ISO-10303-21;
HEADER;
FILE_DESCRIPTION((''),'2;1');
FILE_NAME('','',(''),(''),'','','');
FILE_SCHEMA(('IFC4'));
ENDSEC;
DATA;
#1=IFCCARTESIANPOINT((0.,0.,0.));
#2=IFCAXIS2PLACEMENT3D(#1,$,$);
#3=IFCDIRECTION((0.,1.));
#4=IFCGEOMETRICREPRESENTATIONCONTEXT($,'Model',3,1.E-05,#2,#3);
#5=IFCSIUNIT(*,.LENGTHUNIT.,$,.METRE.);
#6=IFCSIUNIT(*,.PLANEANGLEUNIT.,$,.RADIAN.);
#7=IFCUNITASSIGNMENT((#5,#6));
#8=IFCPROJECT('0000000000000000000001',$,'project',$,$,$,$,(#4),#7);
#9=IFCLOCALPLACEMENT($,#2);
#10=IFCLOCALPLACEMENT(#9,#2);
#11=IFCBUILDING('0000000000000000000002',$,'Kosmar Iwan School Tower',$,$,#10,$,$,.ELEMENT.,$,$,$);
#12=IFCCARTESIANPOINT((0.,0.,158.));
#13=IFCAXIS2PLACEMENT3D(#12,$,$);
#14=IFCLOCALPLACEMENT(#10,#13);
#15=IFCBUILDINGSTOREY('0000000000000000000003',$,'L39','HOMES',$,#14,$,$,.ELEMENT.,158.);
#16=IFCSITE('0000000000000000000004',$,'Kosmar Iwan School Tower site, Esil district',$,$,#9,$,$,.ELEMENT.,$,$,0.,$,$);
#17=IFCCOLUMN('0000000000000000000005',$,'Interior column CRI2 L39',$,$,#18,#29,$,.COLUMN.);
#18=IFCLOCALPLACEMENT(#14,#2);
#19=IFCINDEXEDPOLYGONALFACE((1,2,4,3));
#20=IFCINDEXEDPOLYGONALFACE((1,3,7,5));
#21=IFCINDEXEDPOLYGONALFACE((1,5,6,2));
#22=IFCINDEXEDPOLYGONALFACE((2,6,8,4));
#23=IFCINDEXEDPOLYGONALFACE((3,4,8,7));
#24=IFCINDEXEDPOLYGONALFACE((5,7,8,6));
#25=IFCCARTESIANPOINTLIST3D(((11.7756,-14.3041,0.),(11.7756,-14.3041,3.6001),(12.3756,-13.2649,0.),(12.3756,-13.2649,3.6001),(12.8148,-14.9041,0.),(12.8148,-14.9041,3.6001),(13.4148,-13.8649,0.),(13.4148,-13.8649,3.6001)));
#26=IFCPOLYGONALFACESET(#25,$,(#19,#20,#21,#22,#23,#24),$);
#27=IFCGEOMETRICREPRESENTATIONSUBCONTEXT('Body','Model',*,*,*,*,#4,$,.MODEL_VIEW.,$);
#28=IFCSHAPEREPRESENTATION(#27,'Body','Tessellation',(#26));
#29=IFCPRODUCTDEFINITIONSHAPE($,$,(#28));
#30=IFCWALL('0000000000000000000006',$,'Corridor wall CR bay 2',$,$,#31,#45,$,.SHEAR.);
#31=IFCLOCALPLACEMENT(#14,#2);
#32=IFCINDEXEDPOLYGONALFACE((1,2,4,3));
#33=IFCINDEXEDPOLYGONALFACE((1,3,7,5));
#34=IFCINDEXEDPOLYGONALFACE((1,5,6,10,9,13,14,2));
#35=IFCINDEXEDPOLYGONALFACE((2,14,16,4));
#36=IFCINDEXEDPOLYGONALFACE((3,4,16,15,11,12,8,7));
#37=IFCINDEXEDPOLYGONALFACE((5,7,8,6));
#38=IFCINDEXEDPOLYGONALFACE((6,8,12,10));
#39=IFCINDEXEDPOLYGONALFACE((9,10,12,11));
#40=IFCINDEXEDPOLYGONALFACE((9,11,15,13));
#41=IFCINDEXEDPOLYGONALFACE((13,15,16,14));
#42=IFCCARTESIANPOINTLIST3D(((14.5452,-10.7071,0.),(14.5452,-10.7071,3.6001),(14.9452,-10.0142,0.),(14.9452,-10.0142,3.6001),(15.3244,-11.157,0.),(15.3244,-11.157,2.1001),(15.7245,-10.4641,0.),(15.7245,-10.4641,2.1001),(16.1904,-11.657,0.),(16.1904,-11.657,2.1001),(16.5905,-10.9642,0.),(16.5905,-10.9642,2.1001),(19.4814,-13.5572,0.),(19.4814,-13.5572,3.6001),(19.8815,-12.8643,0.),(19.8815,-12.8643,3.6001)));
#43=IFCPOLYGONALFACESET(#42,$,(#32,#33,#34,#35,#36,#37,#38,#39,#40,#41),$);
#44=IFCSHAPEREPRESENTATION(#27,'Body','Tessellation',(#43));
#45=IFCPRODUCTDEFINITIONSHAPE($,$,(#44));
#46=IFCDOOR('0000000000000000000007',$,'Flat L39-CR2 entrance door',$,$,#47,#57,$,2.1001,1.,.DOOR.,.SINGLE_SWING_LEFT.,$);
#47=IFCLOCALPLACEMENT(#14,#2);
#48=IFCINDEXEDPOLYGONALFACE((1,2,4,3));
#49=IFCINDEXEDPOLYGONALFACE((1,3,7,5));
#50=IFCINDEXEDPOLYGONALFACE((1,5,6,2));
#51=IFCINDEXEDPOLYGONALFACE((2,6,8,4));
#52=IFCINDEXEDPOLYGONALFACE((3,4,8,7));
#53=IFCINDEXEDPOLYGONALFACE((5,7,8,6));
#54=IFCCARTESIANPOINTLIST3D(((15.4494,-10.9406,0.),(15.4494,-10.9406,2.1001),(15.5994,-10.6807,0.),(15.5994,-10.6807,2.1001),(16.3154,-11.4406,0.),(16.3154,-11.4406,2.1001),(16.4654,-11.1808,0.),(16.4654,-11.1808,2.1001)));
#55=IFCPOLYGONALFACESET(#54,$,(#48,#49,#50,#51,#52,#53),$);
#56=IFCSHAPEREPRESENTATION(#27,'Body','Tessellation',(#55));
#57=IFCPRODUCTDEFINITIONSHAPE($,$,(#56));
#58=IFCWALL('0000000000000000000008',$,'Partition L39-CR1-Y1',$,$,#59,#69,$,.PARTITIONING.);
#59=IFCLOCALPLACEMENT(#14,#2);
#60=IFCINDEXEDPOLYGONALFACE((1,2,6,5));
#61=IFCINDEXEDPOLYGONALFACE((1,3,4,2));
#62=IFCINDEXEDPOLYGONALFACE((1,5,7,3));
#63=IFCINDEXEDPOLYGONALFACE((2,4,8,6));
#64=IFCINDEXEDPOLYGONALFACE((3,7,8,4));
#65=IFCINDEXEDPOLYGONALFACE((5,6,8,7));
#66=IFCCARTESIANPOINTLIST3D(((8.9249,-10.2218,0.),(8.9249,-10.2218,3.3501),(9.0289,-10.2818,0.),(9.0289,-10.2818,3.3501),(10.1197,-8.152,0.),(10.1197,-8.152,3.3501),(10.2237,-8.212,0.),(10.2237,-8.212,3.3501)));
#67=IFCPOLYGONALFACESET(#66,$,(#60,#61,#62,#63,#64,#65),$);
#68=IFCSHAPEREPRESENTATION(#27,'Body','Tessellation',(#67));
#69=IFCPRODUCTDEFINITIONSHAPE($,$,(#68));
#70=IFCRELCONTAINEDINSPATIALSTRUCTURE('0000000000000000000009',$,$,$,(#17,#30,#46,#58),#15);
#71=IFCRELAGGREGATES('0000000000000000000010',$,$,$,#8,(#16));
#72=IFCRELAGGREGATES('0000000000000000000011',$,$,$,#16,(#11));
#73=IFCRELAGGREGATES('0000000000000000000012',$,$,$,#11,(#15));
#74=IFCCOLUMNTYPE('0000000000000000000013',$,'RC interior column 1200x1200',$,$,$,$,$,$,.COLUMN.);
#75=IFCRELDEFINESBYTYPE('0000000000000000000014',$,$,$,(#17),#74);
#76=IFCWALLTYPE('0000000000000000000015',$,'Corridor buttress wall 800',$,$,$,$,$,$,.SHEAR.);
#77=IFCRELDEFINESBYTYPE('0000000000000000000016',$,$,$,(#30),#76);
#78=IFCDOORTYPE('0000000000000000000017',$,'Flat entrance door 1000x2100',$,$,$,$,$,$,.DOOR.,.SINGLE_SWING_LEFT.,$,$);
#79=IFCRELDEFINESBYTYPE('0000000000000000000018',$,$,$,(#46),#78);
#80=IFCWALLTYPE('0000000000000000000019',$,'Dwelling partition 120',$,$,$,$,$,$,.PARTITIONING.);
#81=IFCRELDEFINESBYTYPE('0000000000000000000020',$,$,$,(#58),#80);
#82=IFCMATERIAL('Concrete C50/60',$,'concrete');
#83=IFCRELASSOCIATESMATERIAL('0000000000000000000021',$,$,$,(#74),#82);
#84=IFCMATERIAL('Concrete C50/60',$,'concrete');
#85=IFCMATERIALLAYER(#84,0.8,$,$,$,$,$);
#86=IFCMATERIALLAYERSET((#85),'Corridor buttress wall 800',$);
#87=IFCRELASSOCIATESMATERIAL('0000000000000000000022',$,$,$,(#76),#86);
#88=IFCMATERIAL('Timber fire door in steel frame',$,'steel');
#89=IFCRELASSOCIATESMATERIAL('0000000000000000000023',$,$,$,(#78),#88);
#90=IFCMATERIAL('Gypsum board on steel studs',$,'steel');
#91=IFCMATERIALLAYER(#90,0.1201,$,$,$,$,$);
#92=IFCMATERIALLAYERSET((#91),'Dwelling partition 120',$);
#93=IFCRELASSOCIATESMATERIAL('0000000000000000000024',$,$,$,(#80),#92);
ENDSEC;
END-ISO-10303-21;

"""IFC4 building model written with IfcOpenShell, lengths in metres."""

from ifc_helpers import new_model, si_unit, direction, frame, frame_2d, origin, origin_2d, place, context, subcontext, project, spatial, rectangle, extrude, material, layer, layer_set, material_profile, profile_set, type_object, element, fill, save


model = new_model("IFC4")

# Units and contexts
model_context = context("Model", 3, precision=1e-05, world=origin(), true_north=direction((0.0, 1.0)))
body_context = subcontext(model_context, "Body", "Model", "MODEL_VIEW")
ifc_project = project(units=[si_unit("LENGTHUNIT", "METRE"), si_unit("PLANEANGLEUNIT", "RADIAN")], contexts=[model_context])

# Site, building, storey
site_placement = place(None, origin())
site = spatial("IfcSite", under=ifc_project, at=site_placement, Name="Kosmar Iwan School Tower site, Esil district", CompositionType="ELEMENT", RefElevation=0.0)
building_placement = place(site_placement, origin())
building = spatial("IfcBuilding", under=site, at=building_placement, Name="Kosmar Iwan School Tower", CompositionType="ELEMENT")
storey_placement = place(building_placement, frame((0.0, 0.0, 158.0)))
storey = spatial("IfcBuildingStorey", under=building, at=storey_placement, Name="L39", Description="HOMES", CompositionType="ELEMENT", Elevation=158.0)

# Column
ifc_material_1 = material(Name="Concrete C50/60", Category="concrete")
ifc_material_profile = material_profile(ifc_material_1, rectangle(XDim=1.2, YDim=1.2, at=origin_2d()), Name="RC 1200x1200")
ifc_profile_set = profile_set([ifc_material_profile], Name="Concrete C50/60")
column_type = type_object("IfcColumnType", Name="RC interior column 1200x1200", PredefinedType="COLUMN", material=ifc_profile_set)
column_placement = place(storey_placement, frame((12.5952, -14.0845, 0.0), z_axis=(0.0, 0.0, 1.0), x_axis=(0.866025, -0.5, 0.0)))
element("IfcColumn", 1, at=column_placement, inside=storey, type_object=column_type, Name="Interior column CRI2 L39", PredefinedType="COLUMN", context=body_context, shape_type="SweptSolid", body=[
    extrude(rectangle(XDim=1.2, YDim=1.2, at=origin_2d()), origin(), (0.0, 0.0, 1.0), 3.6001),
])

# Wall, opening, door
ifc_material_2 = material(Name="Concrete C50/60", Category="concrete")
ifc_layer_1 = layer(ifc_material_2, 0.8)
ifc_layer_set_1 = layer_set([ifc_layer_1], Name="Corridor buttress wall 800")
wall_type_1 = type_object("IfcWallType", Name="Corridor buttress wall 800", PredefinedType="SHEAR", material=ifc_layer_set_1)
wall_1_placement = place(storey_placement, frame((14.7451, -10.3606, 0.0), z_axis=(0.0, 0.0, 1.0), x_axis=(0.866015, -0.500018, 0.0)))
wall_1 = element("IfcWall", 2, at=wall_1_placement, inside=storey, type_object=wall_type_1, Name="Corridor wall CR bay 2", PredefinedType="SHEAR", context=body_context, shape_type="SweptSolid", body=[
    extrude(rectangle(XDim=5.7, YDim=0.8, at=frame_2d((2.8501, 0.0))), origin(), (0.0, 0.0, 1.0), 3.6001),
])
opening_1_placement = place(wall_1_placement, frame((0.8999, 0.0, 0.0)))
opening_1 = element("IfcOpeningElement", 3, at=opening_1_placement, cuts=wall_1, PredefinedType="OPENING", context=body_context, shape_type="SweptSolid", body=[
    extrude(rectangle(XDim=1.0, YDim=2.1001, at=frame_2d((0.5, 1.05))), frame((0.0, 0.4121, 0.0), z_axis=(0.0, -1.0, 0.0), x_axis=(1.0, 0.0, 0.0)), (0.0, 0.0, 1.0), 0.824),
])
ifc_material_3 = material(Name="Timber fire door in steel frame", Category="steel")
door_type_1 = type_object("IfcDoorType", Name="Flat entrance door 1000x2100", OperationType="SINGLE_SWING_LEFT", PredefinedType="DOOR", material=ifc_material_3)
door_1_placement = place(opening_1_placement, origin())
door_1 = element("IfcDoor", 4, at=door_1_placement, inside=storey, type_object=door_type_1, Name="Flat L39-CR2 entrance door", OperationType="SINGLE_SWING_LEFT", OverallHeight=2.1001, OverallWidth=1.0, PredefinedType="DOOR", context=body_context, shape_type="SweptSolid", body=[
    extrude(rectangle(XDim=1.0, YDim=2.1001, at=frame_2d((0.5, 1.05))), frame((0.0, 0.1499, 0.0), z_axis=(0.0, -1.0, 0.0), x_axis=(1.0, 0.0, 0.0)), (0.0, 0.0, 1.0), 0.3),
])
fill(opening_1, door_1)

# Wall
ifc_material_4 = material(Name="Gypsum board on steel studs", Category="steel")
ifc_layer_2 = layer(ifc_material_4, 0.1201)
ifc_layer_set_2 = layer_set([ifc_layer_2], Name="Dwelling partition 120")
wall_type_2 = type_object("IfcWallType", Name="Dwelling partition 120", PredefinedType="PARTITIONING", material=ifc_layer_set_2)
wall_2_placement = place(storey_placement, frame((10.1716, -8.1821, 0.0), z_axis=(0.0, 0.0, 1.0), x_axis=(-0.499941, -0.86606, 0.0)))
element("IfcWall", 5, at=wall_2_placement, inside=storey, type_object=wall_type_2, Name="Partition L39-CR1-Y1", PredefinedType="PARTITIONING", context=body_context, shape_type="SweptSolid", body=[
    extrude(rectangle(XDim=2.3899, YDim=0.1201, at=frame_2d((1.1948, 0.0))), origin(), (0.0, 0.0, 1.0), 3.3501),
])

save(model, "model.ifc")
